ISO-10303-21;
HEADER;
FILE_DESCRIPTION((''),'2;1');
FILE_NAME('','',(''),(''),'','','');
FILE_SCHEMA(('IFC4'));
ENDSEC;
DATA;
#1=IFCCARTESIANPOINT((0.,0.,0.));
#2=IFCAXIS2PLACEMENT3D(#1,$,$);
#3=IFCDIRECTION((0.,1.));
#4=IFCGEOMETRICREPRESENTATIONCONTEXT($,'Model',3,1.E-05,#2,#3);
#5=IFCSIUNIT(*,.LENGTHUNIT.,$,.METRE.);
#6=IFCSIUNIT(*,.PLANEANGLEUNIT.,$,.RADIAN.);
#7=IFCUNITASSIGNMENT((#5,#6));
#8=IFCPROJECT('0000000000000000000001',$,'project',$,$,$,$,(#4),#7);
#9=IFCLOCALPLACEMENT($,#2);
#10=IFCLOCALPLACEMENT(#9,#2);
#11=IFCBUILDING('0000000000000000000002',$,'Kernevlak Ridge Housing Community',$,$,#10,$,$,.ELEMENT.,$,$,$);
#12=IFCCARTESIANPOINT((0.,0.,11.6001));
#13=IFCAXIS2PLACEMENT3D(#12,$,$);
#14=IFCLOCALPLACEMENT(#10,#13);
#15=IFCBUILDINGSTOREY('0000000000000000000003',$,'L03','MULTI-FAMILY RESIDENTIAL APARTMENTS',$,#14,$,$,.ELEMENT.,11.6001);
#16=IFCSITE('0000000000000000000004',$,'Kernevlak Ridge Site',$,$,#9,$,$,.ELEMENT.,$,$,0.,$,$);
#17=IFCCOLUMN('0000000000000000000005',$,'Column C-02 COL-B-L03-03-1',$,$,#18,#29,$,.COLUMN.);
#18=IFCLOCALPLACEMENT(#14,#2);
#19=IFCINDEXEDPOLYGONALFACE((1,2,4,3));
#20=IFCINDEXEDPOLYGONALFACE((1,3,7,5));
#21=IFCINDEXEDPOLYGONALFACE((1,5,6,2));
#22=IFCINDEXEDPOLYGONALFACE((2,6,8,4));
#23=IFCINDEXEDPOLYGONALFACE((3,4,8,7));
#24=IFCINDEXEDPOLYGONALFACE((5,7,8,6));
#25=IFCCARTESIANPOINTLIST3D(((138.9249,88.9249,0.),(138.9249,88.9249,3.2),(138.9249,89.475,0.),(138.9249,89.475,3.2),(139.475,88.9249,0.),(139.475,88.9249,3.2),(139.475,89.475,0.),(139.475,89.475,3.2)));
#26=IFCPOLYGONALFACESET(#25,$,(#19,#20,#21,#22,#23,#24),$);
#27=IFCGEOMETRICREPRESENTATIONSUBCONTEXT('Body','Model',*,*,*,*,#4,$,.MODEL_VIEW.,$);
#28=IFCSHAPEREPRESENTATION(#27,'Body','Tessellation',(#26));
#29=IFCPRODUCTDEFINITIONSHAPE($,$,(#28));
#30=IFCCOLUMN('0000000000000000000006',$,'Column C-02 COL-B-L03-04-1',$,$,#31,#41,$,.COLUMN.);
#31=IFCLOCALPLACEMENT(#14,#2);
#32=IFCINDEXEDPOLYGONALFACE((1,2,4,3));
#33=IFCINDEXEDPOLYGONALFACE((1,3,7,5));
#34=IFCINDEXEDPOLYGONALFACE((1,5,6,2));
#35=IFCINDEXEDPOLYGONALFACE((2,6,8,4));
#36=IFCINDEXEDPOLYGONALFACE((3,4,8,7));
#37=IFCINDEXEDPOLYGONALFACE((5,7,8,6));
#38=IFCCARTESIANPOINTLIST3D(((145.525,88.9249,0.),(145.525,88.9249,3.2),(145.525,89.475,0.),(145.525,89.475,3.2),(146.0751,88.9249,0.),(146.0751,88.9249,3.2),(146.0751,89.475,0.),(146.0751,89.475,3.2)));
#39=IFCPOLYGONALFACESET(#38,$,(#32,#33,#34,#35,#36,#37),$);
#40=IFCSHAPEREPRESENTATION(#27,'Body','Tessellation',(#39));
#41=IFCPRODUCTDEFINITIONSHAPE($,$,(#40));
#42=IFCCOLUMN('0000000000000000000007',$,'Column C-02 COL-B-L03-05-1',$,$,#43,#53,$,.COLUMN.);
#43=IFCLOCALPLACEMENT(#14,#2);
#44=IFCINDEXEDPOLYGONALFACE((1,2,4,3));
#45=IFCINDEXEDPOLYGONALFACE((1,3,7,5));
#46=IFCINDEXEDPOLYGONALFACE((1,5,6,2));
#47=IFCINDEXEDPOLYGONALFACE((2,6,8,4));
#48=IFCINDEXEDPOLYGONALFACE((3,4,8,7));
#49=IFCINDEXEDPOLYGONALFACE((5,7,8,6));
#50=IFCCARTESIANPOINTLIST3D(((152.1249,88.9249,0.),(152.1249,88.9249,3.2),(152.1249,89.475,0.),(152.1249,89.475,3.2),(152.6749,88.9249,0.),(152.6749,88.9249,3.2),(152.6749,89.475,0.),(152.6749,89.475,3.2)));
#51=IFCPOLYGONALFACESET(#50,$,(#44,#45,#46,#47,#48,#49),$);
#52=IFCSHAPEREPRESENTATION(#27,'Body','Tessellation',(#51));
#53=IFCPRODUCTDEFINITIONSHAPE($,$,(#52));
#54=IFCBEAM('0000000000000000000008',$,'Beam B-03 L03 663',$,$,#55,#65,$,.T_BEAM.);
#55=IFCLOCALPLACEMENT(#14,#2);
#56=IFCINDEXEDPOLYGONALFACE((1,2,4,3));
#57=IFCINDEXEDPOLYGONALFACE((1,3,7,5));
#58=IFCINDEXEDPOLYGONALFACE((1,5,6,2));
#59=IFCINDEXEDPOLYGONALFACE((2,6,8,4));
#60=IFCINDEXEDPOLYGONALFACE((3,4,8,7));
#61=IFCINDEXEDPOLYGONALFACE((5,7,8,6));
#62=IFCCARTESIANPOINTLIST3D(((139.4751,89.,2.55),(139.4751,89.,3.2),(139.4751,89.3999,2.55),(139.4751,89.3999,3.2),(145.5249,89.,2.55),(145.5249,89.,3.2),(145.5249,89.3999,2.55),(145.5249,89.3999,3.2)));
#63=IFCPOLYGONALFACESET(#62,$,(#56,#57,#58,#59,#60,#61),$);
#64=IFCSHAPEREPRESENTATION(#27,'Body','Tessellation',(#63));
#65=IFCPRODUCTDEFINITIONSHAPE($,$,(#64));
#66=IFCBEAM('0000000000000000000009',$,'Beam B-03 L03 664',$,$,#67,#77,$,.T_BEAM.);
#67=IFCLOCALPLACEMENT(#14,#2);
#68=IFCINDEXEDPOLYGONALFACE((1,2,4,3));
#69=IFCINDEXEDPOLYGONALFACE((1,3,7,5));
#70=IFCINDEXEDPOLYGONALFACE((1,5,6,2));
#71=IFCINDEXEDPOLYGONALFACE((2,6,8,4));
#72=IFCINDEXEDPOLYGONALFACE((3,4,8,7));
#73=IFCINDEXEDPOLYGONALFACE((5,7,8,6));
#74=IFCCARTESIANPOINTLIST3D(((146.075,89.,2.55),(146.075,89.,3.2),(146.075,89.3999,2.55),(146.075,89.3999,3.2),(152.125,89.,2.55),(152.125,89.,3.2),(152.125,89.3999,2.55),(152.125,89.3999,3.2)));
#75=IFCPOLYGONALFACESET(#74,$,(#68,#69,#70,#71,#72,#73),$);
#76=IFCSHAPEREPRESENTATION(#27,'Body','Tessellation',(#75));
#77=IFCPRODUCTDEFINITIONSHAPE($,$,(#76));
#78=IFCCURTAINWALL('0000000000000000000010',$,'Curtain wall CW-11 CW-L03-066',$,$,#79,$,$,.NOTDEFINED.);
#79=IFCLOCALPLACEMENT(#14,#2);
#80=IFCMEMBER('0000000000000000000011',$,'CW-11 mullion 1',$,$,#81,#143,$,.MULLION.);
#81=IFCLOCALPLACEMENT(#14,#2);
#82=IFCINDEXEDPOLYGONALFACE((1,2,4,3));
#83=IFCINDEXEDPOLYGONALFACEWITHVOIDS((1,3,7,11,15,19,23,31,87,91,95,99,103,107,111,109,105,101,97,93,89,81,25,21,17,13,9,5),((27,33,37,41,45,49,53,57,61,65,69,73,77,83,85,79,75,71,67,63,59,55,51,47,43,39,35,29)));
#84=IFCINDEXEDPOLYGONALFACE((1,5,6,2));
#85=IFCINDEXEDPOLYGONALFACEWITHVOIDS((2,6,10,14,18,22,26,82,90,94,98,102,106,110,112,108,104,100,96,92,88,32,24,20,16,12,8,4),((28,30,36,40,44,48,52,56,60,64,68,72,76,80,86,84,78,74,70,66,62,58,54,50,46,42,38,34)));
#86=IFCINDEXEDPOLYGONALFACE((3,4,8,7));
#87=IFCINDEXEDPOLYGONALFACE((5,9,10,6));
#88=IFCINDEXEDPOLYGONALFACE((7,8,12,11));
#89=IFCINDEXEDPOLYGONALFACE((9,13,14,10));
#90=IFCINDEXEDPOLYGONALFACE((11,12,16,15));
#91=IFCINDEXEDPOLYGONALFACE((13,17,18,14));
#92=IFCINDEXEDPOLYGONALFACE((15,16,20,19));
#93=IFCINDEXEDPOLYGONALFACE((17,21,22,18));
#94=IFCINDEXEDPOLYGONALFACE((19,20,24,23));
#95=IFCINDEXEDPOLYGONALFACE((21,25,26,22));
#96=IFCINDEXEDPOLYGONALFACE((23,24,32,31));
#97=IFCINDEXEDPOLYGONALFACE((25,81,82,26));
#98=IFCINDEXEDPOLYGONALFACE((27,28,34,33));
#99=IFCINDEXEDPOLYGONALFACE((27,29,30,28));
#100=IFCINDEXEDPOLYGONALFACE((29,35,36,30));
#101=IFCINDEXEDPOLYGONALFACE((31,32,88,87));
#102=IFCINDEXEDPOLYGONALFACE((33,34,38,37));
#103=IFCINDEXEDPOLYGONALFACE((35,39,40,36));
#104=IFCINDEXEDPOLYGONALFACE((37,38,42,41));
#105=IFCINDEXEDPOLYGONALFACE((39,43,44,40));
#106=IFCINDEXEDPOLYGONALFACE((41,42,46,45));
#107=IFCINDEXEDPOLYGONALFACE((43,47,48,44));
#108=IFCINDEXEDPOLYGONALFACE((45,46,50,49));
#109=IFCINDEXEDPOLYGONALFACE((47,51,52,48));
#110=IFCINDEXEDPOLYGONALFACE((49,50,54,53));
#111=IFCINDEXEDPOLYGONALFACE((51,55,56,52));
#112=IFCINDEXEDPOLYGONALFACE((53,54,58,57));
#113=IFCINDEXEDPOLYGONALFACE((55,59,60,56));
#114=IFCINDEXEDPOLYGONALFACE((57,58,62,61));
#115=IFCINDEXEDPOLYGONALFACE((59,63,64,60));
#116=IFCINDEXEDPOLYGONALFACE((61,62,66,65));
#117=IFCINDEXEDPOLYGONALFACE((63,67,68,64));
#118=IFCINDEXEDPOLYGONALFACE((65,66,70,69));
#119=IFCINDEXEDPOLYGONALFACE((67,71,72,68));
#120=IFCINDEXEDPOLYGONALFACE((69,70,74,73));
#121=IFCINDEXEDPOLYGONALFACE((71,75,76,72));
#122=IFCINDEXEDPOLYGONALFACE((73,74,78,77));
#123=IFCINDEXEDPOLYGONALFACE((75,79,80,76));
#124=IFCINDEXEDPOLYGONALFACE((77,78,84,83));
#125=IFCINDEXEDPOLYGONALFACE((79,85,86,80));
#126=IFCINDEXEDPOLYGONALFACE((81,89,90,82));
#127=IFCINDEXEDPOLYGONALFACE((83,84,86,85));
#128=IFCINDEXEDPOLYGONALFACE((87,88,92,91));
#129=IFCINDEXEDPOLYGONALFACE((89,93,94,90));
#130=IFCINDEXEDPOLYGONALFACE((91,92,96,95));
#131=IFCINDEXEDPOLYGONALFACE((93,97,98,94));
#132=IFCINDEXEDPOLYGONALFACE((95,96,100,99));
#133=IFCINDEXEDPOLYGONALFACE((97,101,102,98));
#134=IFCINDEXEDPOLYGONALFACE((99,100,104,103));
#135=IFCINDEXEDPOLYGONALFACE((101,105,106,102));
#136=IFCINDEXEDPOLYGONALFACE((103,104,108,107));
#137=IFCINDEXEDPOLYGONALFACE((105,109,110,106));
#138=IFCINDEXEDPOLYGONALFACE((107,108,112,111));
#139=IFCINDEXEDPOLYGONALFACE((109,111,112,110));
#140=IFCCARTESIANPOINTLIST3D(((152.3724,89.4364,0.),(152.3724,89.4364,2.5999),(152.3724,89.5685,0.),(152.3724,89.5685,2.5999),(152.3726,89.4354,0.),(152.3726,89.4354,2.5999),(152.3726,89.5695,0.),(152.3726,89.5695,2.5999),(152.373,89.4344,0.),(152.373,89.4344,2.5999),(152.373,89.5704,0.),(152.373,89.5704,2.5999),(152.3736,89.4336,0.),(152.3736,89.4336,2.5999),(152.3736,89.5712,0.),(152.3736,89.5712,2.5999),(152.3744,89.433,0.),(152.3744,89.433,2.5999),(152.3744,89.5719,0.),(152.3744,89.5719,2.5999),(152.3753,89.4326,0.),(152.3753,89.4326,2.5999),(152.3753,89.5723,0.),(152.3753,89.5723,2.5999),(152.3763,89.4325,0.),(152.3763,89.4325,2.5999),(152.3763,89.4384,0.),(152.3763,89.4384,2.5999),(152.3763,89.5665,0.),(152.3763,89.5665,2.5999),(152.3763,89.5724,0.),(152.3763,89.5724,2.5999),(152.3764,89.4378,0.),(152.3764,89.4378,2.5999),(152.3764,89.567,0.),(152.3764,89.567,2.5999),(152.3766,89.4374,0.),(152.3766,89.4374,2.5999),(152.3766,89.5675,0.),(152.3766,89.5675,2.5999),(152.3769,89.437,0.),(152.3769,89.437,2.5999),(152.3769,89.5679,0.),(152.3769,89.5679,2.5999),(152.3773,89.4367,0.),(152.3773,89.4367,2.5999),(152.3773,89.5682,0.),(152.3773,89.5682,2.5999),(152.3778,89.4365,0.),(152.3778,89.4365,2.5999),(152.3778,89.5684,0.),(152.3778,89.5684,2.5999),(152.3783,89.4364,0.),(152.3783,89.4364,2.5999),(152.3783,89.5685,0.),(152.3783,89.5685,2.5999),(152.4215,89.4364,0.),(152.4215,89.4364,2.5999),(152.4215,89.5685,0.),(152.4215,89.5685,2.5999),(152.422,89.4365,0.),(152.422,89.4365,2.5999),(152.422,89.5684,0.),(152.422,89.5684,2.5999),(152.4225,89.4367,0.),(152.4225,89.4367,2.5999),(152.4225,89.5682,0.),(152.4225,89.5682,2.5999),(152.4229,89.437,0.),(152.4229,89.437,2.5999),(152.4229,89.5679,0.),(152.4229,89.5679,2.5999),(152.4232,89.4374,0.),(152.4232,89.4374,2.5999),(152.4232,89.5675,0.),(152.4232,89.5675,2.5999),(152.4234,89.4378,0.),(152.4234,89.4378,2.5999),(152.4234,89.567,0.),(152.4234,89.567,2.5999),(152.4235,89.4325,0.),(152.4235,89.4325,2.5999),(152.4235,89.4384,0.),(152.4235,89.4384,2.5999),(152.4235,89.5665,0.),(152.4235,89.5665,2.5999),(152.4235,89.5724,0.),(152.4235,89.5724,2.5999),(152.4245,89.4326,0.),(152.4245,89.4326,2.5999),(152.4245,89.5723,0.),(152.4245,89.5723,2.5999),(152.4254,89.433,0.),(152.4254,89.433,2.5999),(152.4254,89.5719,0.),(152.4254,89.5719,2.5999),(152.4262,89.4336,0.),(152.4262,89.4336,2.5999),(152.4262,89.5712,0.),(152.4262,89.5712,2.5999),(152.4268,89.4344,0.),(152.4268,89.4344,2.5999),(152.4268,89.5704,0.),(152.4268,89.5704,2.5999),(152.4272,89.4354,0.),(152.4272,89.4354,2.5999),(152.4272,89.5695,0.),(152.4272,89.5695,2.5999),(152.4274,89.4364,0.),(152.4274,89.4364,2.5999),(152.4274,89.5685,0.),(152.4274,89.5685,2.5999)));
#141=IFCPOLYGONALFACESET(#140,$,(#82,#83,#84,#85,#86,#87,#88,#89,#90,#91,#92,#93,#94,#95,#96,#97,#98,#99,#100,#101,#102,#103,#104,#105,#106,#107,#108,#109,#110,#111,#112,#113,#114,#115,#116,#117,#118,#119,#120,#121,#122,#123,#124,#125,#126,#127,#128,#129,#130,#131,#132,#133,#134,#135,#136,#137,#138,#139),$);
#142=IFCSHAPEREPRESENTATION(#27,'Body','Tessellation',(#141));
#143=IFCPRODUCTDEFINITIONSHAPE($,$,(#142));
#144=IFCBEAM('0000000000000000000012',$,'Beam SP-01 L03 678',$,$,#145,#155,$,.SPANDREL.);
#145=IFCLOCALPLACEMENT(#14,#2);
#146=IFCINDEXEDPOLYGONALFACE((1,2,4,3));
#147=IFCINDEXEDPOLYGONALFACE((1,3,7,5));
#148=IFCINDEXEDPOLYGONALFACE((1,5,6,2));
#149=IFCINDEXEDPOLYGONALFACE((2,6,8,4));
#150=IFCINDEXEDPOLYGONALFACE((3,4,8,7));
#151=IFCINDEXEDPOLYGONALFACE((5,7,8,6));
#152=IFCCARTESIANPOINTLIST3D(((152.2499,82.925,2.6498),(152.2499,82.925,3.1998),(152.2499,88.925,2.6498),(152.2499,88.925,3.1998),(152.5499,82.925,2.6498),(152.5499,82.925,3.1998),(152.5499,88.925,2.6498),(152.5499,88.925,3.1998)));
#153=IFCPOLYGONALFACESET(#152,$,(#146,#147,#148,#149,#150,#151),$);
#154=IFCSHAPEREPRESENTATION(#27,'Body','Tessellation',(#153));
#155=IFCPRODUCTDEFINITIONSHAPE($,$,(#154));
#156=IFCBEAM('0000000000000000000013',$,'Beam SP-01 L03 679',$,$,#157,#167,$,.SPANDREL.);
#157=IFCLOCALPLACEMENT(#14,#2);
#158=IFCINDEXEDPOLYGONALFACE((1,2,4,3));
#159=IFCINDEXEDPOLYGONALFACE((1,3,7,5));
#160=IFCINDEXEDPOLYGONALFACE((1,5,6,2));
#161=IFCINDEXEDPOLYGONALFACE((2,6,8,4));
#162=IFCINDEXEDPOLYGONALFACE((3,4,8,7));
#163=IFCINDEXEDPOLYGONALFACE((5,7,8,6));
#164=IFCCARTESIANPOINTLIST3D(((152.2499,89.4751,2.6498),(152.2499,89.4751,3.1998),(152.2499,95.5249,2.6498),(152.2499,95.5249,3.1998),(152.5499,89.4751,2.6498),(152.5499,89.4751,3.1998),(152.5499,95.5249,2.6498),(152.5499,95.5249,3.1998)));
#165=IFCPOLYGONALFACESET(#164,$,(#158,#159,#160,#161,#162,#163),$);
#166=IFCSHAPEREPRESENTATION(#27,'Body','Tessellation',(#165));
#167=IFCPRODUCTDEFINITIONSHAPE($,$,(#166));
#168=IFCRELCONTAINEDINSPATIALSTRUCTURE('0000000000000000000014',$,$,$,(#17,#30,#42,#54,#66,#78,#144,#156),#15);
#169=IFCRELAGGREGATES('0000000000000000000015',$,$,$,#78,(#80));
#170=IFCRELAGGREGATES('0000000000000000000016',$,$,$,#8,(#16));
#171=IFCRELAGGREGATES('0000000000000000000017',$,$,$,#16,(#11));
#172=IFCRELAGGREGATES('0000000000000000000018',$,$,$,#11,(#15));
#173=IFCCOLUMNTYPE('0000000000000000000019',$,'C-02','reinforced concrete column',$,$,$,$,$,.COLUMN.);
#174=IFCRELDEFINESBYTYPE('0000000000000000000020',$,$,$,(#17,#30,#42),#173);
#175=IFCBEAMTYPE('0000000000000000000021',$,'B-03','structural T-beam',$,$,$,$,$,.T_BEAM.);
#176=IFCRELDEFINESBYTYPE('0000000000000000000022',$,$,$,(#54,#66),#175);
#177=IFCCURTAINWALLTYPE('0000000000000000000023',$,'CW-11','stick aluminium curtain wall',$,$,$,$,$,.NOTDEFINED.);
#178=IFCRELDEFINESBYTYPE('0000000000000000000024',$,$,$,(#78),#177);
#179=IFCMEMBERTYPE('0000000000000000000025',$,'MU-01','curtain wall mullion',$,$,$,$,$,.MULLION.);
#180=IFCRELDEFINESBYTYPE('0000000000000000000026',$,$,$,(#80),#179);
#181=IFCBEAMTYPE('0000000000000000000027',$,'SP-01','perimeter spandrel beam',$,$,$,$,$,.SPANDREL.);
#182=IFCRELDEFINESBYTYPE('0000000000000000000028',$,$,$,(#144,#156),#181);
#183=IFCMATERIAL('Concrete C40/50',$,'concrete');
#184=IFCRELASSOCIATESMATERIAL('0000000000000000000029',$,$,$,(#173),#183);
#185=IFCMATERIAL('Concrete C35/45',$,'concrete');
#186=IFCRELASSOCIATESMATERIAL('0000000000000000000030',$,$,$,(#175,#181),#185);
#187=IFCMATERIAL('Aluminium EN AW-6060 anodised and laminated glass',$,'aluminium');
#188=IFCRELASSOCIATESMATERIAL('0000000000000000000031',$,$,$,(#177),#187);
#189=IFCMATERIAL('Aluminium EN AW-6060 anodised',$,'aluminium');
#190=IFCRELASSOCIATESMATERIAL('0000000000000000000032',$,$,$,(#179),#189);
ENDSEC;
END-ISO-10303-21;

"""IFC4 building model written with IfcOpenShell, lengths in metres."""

from ifc_helpers import new_model, si_unit, direction, frame, origin, origin_2d, place, context, subcontext, project, spatial, rectangle, hollow_rectangle, extrude, material, material_profile, profile_set, type_object, element, aggregate, save


model = new_model("IFC4")

# Units and contexts
model_context = context("Model", 3, precision=1e-05, world=origin(), true_north=direction((0.0, 1.0)))
body_context = subcontext(model_context, "Body", "Model", "MODEL_VIEW")
ifc_project = project(units=[si_unit("LENGTHUNIT", "METRE"), si_unit("PLANEANGLEUNIT", "RADIAN")], contexts=[model_context])

# Site, building, storey
site_placement = place(None, origin())
site = spatial("IfcSite", under=ifc_project, at=site_placement, Name="Kernevlak Ridge Site", CompositionType="ELEMENT", RefElevation=0.0)
building_placement = place(site_placement, origin())
building = spatial("IfcBuilding", under=site, at=building_placement, Name="Kernevlak Ridge Housing Community", CompositionType="ELEMENT")
storey_placement = place(building_placement, frame((0.0, 0.0, 11.6001)))
storey = spatial("IfcBuildingStorey", under=building, at=storey_placement, Name="L03", Description="MULTI-FAMILY RESIDENTIAL APARTMENTS", CompositionType="ELEMENT", Elevation=11.6001)

# Columns
ifc_material_1 = material(Name="Concrete C40/50", Category="concrete")
ifc_material_profile_1 = material_profile(ifc_material_1, rectangle(XDim=0.55, YDim=0.55, at=origin_2d()), Name="RC 550x550")
ifc_profile_set_1 = profile_set([ifc_material_profile_1], Name="Concrete C40/50")
column_type = type_object("IfcColumnType", Name="C-02", Description="reinforced concrete column", PredefinedType="COLUMN", material=ifc_profile_set_1)
for number, where, z_axis, x_axis, name in (
    (1, (139.2, 89.2, 0.0), (0.0, 0.0, 1.0), (1.0, 0.0, 0.0), "Column C-02 COL-B-L03-03-1"),
    (2, (145.8, 89.2, 0.0), (0.0, 0.0, 1.0), (1.0, 0.0, 0.0), "Column C-02 COL-B-L03-04-1"),
    (3, (152.3999, 89.2, 0.0), (0.0, 0.0, 1.0), (1.0, 0.0, 0.0), "Column C-02 COL-B-L03-05-1"),
):
    element("IfcColumn", number, at=place(storey_placement, frame(where, z_axis=z_axis, x_axis=x_axis)), inside=storey, type_object=column_type, Name=name, PredefinedType="COLUMN", context=body_context, shape_type="SweptSolid", body=[
        extrude(rectangle(XDim=0.55, YDim=0.55, at=origin_2d()), origin(), (0.0, 0.0, 1.0), 3.2),
    ])

# Beams
ifc_material_2 = material(Name="Concrete C35/45", Category="concrete")
ifc_material_profile_2 = material_profile(ifc_material_2, rectangle(XDim=0.3999, YDim=0.6499, at=origin_2d()), Name="RC 400x650")
ifc_profile_set_2 = profile_set([ifc_material_profile_2], Name="Concrete C35/45")
beam_type_1 = type_object("IfcBeamType", Name="B-03", Description="structural T-beam", PredefinedType="T_BEAM", material=ifc_profile_set_2)
beam_1_placement = place(storey_placement, frame((139.4751, 89.2, 2.875), z_axis=(1.0, 0.0, 0.0), x_axis=(0.0, 1.0, 0.0)))
element("IfcBeam", 4, at=beam_1_placement, inside=storey, type_object=beam_type_1, Name="Beam B-03 L03 663", PredefinedType="T_BEAM", context=body_context, shape_type="SweptSolid", body=[
    extrude(rectangle(XDim=0.3999, YDim=0.6499, at=origin_2d()), origin(), (0.0, 0.0, 1.0), 6.0498),
])
beam_2_placement = place(storey_placement, frame((146.075, 89.2, 2.875), z_axis=(1.0, 0.0, 0.0), x_axis=(0.0, 1.0, 0.0)))
element("IfcBeam", 5, at=beam_2_placement, inside=storey, type_object=beam_type_1, Name="Beam B-03 L03 664", PredefinedType="T_BEAM", context=body_context, shape_type="SweptSolid", body=[
    extrude(rectangle(XDim=0.3999, YDim=0.6499, at=origin_2d()), origin(), (0.0, 0.0, 1.0), 6.05),
])

# Curtain wall, member
ifc_material_3 = material(Name="Aluminium EN AW-6060 anodised and laminated glass", Category="aluminium")
curtain_wall_type = type_object("IfcCurtainWallType", Name="CW-11", Description="stick aluminium curtain wall", PredefinedType="NOTDEFINED", material=ifc_material_3)
curtain_wall_placement = place(storey_placement, origin())
curtain_wall = element("IfcCurtainWall", 6, at=curtain_wall_placement, inside=storey, type_object=curtain_wall_type, Name="Curtain wall CW-11 CW-L03-066", PredefinedType="NOTDEFINED")
ifc_material_4 = material(Name="Aluminium EN AW-6060 anodised", Category="aluminium")
ifc_material_profile_3 = material_profile(ifc_material_4, hollow_rectangle(XDim=0.0549, YDim=0.1399, WallThickness=0.0039, InnerFilletRadius=0.002, OuterFilletRadius=0.0039, at=origin_2d()), Name="ALU 55x140x4")
ifc_profile_set_3 = profile_set([ifc_material_profile_3], Name="Aluminium EN AW-6060 anodised")
member_type_1 = type_object("IfcMemberType", Name="MU-01", Description="curtain wall mullion", PredefinedType="MULLION", material=ifc_profile_set_3)
member_1_placement = place(storey_placement, frame((152.3999, 89.5024, 0.0), z_axis=(0.0, 0.0, 1.0), x_axis=(-1.0, 0.0, 0.0)))
member_1 = element("IfcMember", 7, at=member_1_placement, type_object=member_type_1, Name="CW-11 mullion 1", PredefinedType="MULLION", context=body_context, shape_type="SweptSolid", body=[
    extrude(hollow_rectangle(XDim=0.0549, YDim=0.1399, WallThickness=0.0039, InnerFilletRadius=0.002, OuterFilletRadius=0.0039, at=origin_2d()), origin(), (0.0, 0.0, 1.0), 2.5999),
])

# Beams
ifc_material_profile_4 = material_profile(ifc_material_2, rectangle(XDim=0.3, YDim=0.55, at=origin_2d()), Name="RC 300x550")
ifc_profile_set_4 = profile_set([ifc_material_profile_4], Name="Concrete C35/45")
beam_type_2 = type_object("IfcBeamType", Name="SP-01", Description="perimeter spandrel beam", PredefinedType="SPANDREL", material=ifc_profile_set_4)
beam_3_placement = place(storey_placement, frame((152.3999, 82.925, 2.9248), z_axis=(0.0, 1.0, 0.0), x_axis=(-1.0, 0.0, 0.0)))
element("IfcBeam", 8, at=beam_3_placement, inside=storey, type_object=beam_type_2, Name="Beam SP-01 L03 678", PredefinedType="SPANDREL", context=body_context, shape_type="SweptSolid", body=[
    extrude(rectangle(XDim=0.3, YDim=0.55, at=origin_2d()), origin(), (0.0, 0.0, 1.0), 6.0),
])
beam_4_placement = place(storey_placement, frame((152.3999, 89.4751, 2.9248), z_axis=(0.0, 1.0, 0.0), x_axis=(-1.0, 0.0, 0.0)))
element("IfcBeam", 9, at=beam_4_placement, inside=storey, type_object=beam_type_2, Name="Beam SP-01 L03 679", PredefinedType="SPANDREL", context=body_context, shape_type="SweptSolid", body=[
    extrude(rectangle(XDim=0.3, YDim=0.55, at=origin_2d()), origin(), (0.0, 0.0, 1.0), 6.0498),
])

aggregate(curtain_wall, [member_1])

save(model, "model.ifc")
